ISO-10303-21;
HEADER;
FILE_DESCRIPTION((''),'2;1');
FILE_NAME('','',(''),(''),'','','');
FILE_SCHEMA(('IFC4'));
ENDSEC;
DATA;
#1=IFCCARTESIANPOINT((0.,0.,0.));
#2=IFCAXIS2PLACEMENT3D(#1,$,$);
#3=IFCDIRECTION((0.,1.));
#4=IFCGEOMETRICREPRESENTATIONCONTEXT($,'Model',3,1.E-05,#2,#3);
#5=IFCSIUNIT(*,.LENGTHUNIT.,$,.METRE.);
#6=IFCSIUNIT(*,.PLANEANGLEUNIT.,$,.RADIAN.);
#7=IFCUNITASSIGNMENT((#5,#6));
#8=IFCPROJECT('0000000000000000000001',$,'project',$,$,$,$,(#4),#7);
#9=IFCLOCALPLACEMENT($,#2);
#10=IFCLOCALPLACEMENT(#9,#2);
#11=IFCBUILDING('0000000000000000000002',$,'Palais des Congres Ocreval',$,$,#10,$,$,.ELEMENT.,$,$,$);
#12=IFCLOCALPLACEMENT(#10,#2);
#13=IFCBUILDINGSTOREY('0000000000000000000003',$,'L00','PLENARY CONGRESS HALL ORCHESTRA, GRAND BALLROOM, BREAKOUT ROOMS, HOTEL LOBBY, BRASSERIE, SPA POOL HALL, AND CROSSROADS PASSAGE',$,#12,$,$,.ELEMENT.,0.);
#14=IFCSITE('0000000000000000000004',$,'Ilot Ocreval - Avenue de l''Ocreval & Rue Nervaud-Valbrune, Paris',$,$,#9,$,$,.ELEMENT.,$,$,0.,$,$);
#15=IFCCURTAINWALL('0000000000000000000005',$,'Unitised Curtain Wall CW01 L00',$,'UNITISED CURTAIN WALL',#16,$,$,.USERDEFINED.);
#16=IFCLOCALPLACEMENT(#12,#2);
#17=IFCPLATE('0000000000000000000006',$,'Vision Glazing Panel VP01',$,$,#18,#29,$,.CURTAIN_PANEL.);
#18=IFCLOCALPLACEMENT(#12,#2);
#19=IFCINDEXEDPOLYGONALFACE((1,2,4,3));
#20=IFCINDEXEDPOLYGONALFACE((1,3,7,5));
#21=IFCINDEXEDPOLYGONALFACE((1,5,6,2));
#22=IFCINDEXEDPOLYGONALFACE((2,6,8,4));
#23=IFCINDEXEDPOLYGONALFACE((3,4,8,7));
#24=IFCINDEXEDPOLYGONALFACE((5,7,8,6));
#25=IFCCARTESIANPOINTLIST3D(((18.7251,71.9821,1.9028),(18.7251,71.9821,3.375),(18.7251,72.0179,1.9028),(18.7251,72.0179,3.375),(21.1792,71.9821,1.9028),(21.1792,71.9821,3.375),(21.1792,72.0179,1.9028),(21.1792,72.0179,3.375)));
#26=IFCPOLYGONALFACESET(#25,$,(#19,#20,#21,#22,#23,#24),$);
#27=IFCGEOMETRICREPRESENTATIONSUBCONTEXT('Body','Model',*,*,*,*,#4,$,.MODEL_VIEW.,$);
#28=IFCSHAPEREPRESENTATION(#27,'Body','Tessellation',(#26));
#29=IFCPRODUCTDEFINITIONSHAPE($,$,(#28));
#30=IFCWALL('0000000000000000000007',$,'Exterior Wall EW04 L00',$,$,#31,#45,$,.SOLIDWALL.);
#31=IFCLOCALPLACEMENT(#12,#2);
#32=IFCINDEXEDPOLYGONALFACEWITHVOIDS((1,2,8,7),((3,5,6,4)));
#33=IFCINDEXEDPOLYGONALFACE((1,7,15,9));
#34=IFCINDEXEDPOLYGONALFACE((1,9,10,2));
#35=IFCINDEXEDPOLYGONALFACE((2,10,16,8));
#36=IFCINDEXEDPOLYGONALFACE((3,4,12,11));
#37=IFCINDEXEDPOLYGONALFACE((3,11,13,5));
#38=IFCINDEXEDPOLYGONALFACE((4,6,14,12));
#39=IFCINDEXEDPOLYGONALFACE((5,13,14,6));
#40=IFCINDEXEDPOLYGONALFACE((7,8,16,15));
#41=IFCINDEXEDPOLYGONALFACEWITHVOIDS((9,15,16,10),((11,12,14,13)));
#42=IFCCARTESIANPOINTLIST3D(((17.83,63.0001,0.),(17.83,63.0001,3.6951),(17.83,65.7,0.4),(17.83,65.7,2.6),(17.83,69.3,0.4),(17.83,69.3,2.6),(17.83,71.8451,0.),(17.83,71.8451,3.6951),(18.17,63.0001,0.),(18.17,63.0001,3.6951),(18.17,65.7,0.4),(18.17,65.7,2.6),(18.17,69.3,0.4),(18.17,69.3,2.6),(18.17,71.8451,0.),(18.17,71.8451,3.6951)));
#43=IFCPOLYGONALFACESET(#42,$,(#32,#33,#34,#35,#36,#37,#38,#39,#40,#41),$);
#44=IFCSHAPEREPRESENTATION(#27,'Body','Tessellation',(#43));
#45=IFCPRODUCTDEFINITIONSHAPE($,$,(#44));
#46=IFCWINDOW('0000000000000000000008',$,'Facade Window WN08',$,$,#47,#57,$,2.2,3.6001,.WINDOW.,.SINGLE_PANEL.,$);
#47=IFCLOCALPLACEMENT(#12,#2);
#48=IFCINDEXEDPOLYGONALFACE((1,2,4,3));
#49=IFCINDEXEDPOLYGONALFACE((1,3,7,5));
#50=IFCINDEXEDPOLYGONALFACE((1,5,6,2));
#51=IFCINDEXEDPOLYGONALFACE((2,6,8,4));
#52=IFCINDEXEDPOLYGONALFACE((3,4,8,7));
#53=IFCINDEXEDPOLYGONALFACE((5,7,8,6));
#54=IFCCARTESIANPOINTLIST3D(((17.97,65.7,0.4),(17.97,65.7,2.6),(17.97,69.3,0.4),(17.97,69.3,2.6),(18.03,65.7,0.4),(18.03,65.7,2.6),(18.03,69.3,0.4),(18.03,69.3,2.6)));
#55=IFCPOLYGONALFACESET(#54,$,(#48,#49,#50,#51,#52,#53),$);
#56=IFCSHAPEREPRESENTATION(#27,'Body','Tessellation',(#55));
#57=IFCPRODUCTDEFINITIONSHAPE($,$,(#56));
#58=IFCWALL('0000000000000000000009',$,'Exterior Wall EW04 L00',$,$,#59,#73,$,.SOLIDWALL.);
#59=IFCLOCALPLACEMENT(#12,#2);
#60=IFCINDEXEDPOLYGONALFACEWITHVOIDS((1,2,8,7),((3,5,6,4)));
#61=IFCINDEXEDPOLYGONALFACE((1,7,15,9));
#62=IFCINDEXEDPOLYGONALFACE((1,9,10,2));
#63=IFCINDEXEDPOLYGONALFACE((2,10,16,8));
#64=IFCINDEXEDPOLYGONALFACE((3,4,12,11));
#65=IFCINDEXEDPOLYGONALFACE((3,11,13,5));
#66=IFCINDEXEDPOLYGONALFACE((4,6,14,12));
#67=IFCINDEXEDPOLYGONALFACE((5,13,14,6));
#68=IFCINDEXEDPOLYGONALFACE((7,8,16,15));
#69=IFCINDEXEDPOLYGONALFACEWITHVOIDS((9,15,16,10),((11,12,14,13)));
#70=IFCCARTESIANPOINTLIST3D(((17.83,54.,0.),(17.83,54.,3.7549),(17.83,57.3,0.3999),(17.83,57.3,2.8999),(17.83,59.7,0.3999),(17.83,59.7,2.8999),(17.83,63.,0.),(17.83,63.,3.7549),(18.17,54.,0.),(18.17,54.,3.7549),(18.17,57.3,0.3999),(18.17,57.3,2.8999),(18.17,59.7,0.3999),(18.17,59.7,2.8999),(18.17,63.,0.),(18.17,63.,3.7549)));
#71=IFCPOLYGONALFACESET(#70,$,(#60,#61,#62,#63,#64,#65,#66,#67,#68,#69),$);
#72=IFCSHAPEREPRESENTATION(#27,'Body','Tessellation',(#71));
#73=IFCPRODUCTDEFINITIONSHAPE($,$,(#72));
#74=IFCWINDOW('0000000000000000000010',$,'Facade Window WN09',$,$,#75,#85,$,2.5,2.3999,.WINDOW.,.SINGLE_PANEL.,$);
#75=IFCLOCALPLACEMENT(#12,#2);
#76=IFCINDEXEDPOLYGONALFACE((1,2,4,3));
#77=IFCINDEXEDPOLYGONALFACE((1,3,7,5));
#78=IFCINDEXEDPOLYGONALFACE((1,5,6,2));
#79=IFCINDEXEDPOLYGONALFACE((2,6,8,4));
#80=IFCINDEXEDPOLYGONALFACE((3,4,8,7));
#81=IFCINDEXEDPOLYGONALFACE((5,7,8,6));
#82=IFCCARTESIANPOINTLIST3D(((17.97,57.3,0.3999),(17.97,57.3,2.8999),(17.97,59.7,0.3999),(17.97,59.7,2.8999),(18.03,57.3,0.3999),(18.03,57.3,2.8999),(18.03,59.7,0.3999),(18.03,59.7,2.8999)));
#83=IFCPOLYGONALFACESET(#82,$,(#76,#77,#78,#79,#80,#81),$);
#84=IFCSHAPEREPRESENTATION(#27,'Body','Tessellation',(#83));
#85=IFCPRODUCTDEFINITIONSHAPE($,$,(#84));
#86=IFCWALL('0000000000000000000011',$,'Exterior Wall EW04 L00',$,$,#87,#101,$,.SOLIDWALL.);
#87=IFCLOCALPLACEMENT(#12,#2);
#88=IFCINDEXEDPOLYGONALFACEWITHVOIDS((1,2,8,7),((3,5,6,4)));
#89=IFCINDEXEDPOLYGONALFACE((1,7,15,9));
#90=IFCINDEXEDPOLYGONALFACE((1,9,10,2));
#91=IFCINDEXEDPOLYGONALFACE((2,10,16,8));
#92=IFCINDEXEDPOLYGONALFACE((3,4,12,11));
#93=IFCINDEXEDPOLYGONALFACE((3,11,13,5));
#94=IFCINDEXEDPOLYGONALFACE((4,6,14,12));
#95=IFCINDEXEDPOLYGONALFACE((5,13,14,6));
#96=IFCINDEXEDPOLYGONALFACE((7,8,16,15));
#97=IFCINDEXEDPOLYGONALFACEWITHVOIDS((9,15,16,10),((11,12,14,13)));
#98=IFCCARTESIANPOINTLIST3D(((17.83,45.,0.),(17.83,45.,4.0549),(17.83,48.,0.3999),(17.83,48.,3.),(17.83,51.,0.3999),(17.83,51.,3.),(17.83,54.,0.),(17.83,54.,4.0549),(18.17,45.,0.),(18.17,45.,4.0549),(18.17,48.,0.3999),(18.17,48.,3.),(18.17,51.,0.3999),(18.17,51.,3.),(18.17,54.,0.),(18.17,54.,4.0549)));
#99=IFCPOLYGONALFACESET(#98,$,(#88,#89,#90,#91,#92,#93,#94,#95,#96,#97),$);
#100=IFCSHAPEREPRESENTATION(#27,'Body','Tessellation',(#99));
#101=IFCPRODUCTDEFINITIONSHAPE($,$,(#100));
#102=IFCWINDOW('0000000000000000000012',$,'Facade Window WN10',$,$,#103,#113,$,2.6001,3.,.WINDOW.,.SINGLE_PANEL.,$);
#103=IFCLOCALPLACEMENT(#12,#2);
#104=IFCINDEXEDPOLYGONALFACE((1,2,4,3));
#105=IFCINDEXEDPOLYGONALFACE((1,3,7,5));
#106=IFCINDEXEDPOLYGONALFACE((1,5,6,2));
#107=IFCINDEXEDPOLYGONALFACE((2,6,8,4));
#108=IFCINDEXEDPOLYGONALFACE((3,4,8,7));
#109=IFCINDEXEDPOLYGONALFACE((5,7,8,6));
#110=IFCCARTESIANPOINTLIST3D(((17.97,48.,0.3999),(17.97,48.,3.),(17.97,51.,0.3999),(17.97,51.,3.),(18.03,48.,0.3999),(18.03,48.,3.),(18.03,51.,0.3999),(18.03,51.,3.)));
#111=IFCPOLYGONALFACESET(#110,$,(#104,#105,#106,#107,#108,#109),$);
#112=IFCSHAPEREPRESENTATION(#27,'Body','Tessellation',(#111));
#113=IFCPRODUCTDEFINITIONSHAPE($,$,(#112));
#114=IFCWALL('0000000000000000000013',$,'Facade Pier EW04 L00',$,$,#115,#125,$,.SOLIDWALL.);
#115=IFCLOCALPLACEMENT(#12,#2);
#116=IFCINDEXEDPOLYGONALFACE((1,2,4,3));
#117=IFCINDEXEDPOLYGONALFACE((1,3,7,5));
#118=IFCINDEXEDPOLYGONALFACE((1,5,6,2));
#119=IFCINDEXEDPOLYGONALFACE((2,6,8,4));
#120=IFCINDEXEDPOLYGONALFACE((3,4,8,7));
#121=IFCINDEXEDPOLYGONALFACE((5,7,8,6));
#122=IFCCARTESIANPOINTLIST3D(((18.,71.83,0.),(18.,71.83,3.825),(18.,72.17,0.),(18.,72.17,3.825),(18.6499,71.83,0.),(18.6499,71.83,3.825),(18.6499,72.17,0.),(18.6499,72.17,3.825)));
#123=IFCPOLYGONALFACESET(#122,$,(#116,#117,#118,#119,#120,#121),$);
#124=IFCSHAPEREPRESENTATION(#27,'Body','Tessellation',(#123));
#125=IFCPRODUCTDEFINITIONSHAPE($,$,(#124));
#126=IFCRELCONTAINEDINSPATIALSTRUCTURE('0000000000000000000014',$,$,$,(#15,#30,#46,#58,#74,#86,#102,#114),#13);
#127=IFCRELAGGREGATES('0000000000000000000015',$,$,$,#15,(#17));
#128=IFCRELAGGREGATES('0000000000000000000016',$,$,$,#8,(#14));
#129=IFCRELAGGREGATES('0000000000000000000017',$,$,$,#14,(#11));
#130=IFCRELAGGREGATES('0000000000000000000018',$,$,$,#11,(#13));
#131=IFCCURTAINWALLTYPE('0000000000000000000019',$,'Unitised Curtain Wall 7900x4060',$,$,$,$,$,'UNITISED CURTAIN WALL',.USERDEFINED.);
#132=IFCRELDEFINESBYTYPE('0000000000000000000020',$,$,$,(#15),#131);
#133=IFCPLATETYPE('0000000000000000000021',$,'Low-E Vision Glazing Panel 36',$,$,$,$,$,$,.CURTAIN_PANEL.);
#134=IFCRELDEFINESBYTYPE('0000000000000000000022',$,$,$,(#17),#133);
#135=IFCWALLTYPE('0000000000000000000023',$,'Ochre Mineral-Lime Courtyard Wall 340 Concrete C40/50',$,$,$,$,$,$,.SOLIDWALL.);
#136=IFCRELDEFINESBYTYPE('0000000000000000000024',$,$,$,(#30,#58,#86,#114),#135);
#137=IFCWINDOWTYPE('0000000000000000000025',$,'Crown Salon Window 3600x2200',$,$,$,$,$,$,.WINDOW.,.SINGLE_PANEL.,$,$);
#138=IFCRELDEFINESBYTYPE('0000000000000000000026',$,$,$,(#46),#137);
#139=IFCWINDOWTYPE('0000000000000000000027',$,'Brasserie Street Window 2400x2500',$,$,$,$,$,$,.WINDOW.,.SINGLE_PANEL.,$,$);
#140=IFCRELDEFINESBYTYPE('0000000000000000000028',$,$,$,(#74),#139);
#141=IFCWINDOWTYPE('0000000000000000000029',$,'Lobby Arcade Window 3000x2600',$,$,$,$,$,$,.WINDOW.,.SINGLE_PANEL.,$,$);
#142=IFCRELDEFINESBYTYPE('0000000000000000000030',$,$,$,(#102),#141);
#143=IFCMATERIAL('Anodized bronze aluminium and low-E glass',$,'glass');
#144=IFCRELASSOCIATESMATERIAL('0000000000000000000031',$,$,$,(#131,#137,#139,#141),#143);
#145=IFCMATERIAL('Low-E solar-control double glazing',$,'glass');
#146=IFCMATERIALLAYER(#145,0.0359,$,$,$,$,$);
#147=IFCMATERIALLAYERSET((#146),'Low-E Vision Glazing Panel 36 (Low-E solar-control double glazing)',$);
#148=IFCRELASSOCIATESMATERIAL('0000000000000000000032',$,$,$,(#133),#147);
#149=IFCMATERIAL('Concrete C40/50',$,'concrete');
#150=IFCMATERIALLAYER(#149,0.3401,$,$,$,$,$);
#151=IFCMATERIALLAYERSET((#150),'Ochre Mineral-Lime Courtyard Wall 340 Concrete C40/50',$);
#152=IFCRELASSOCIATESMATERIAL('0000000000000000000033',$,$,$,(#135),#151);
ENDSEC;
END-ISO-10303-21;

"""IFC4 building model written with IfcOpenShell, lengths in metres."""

from ifc_helpers import new_model, si_unit, direction, frame, frame_2d, origin, origin_2d, place, context, subcontext, project, spatial, rectangle, extrude, material, layer, layer_set, type_object, element, fill, aggregate, save


model = new_model("IFC4")

# Units and contexts
model_context = context("Model", 3, precision=1e-05, world=origin(), true_north=direction((0.0, 1.0)))
body_context = subcontext(model_context, "Body", "Model", "MODEL_VIEW")
ifc_project = project(units=[si_unit("LENGTHUNIT", "METRE"), si_unit("PLANEANGLEUNIT", "RADIAN")], contexts=[model_context])

# Site, building, storey
site_placement = place(None, origin())
site = spatial("IfcSite", under=ifc_project, at=site_placement, Name="Ilot Ocreval - Avenue de l'Ocreval & Rue Nervaud-Valbrune, Paris", CompositionType="ELEMENT", RefElevation=0.0)
building_placement = place(site_placement, origin())
building = spatial("IfcBuilding", under=site, at=building_placement, Name="Palais des Congres Ocreval", CompositionType="ELEMENT")
storey_placement = place(building_placement, origin())
storey = spatial("IfcBuildingStorey", under=building, at=storey_placement, Name="L00", Description="PLENARY CONGRESS HALL ORCHESTRA, GRAND BALLROOM, BREAKOUT ROOMS, HOTEL LOBBY, BRASSERIE, SPA POOL HALL, AND CROSSROADS PASSAGE", CompositionType="ELEMENT", Elevation=0.0)

# Shared definitions
ifc_material_1 = material(Name="Concrete C40/50", Category="concrete")

# Curtain wall
ifc_material_2 = material(Name="Anodized bronze aluminium and low-E glass", Category="glass")
curtain_wall_type = type_object("IfcCurtainWallType", Name="Unitised Curtain Wall 7900x4060", ElementType="UNITISED CURTAIN WALL", PredefinedType="USERDEFINED", material=ifc_material_2)
curtain_wall_placement = place(storey_placement, origin())
curtain_wall = element("IfcCurtainWall", 1, at=curtain_wall_placement, inside=storey, type_object=curtain_wall_type, Name="Unitised Curtain Wall CW01 L00", ObjectType="UNITISED CURTAIN WALL", PredefinedType="USERDEFINED")

# Plate
ifc_material_3 = material(Name="Low-E solar-control double glazing", Category="glass")
ifc_layer_1 = layer(ifc_material_3, 0.0359)
ifc_layer_set_1 = layer_set([ifc_layer_1], Name="Low-E Vision Glazing Panel 36 (Low-E solar-control double glazing)")
plate_type_1 = type_object("IfcPlateType", Name="Low-E Vision Glazing Panel 36", PredefinedType="CURTAIN_PANEL", material=ifc_layer_set_1)
plate_1_placement = place(storey_placement, frame((19.9521, 72.0, 1.9028), z_axis=(0.0, 0.0, 1.0), x_axis=(-1.0, 0.0, 0.0)))
plate_1 = element("IfcPlate", 2, at=plate_1_placement, type_object=plate_type_1, Name="Vision Glazing Panel VP01", PredefinedType="CURTAIN_PANEL", context=body_context, shape_type="SweptSolid", body=[
    extrude(rectangle(XDim=2.4541, YDim=0.0359, at=origin_2d()), origin(), (0.0, 0.0, 1.0), 1.4722),
])
aggregate(curtain_wall, [plate_1])

# Walls, openings, windows
ifc_layer_2 = layer(ifc_material_1, 0.3401)
ifc_layer_set_2 = layer_set([ifc_layer_2], Name="Ochre Mineral-Lime Courtyard Wall 340 Concrete C40/50")
wall_type = type_object("IfcWallType", Name="Ochre Mineral-Lime Courtyard Wall 340 Concrete C40/50", PredefinedType="SOLIDWALL", material=ifc_layer_set_2)
wall_1_placement = place(storey_placement, frame((18.0, 71.845, 0.0), z_axis=(0.0, 0.0, 1.0), x_axis=(0.0, -1.0, 0.0)))
wall_1 = element("IfcWall", 3, at=wall_1_placement, inside=storey, type_object=wall_type, Name="Exterior Wall EW04 L00", PredefinedType="SOLIDWALL", context=body_context, shape_type="SweptSolid", body=[
    extrude(rectangle(XDim=8.845, YDim=0.3401, at=frame_2d((4.4224, 0.0))), origin(), (0.0, 0.0, 1.0), 3.6951),
])
opening_1_placement = place(wall_1_placement, frame((2.5449, 0.0, 0.3999)))
opening_1 = element("IfcOpeningElement", 4, at=opening_1_placement, cuts=wall_1, PredefinedType="OPENING", context=body_context, shape_type="SweptSolid", body=[
    extrude(rectangle(XDim=3.6001, YDim=2.2, at=frame_2d((1.8, 1.1001))), frame((0.0, 0.1799, 0.0), z_axis=(0.0, -1.0, 0.0), x_axis=(1.0, 0.0, 0.0)), (0.0, 0.0, 1.0), 0.3601),
])
window_type_1 = type_object("IfcWindowType", Name="Crown Salon Window 3600x2200", PartitioningType="SINGLE_PANEL", PredefinedType="WINDOW", material=ifc_material_2)
window_1_placement = place(opening_1_placement, origin())
window_1 = element("IfcWindow", 5, at=window_1_placement, inside=storey, type_object=window_type_1, Name="Facade Window WN08", OverallHeight=2.2, OverallWidth=3.6001, PartitioningType="SINGLE_PANEL", PredefinedType="WINDOW", context=body_context, shape_type="SweptSolid", body=[
    extrude(rectangle(XDim=3.6001, YDim=2.2, at=frame_2d((1.8, 1.1001))), frame((0.0, 0.03, 0.0), z_axis=(0.0, -1.0, 0.0), x_axis=(1.0, 0.0, 0.0)), (0.0, 0.0, 1.0), 0.0601),
])
fill(opening_1, window_1)
wall_2_placement = place(storey_placement, frame((18.0, 63.0, 0.0), z_axis=(0.0, 0.0, 1.0), x_axis=(0.0, -1.0, 0.0)))
wall_2 = element("IfcWall", 6, at=wall_2_placement, inside=storey, type_object=wall_type, Name="Exterior Wall EW04 L00", PredefinedType="SOLIDWALL", context=body_context, shape_type="SweptSolid", body=[
    extrude(rectangle(XDim=9.0, YDim=0.3401, at=frame_2d((4.5, 0.0))), origin(), (0.0, 0.0, 1.0), 3.7549),
])
opening_2_placement = place(wall_2_placement, frame((3.3, 0.0, 0.3999)))
opening_2 = element("IfcOpeningElement", 7, at=opening_2_placement, cuts=wall_2, PredefinedType="OPENING", context=body_context, shape_type="SweptSolid", body=[
    extrude(rectangle(XDim=2.3999, YDim=2.5, at=frame_2d((1.2, 1.25))), frame((0.0, 0.1799, 0.0), z_axis=(0.0, -1.0, 0.0), x_axis=(1.0, 0.0, 0.0)), (0.0, 0.0, 1.0), 0.3601),
])
window_type_2 = type_object("IfcWindowType", Name="Brasserie Street Window 2400x2500", PartitioningType="SINGLE_PANEL", PredefinedType="WINDOW", material=ifc_material_2)
window_2_placement = place(opening_2_placement, origin())
window_2 = element("IfcWindow", 8, at=window_2_placement, inside=storey, type_object=window_type_2, Name="Facade Window WN09", OverallHeight=2.5, OverallWidth=2.3999, PartitioningType="SINGLE_PANEL", PredefinedType="WINDOW", context=body_context, shape_type="SweptSolid", body=[
    extrude(rectangle(XDim=2.3999, YDim=2.5, at=frame_2d((1.2, 1.25))), frame((0.0, 0.03, 0.0), z_axis=(0.0, -1.0, 0.0), x_axis=(1.0, 0.0, 0.0)), (0.0, 0.0, 1.0), 0.0601),
])
fill(opening_2, window_2)
wall_3_placement = place(storey_placement, frame((18.0, 54.0, 0.0), z_axis=(0.0, 0.0, 1.0), x_axis=(0.0, -1.0, 0.0)))
wall_3 = element("IfcWall", 9, at=wall_3_placement, inside=storey, type_object=wall_type, Name="Exterior Wall EW04 L00", PredefinedType="SOLIDWALL", context=body_context, shape_type="SweptSolid", body=[
    extrude(rectangle(XDim=9.0, YDim=0.3401, at=frame_2d((4.5, 0.0))), origin(), (0.0, 0.0, 1.0), 4.0549),
])
opening_3_placement = place(wall_3_placement, frame((3.0, 0.0, 0.3999)))
opening_3 = element("IfcOpeningElement", 10, at=opening_3_placement, cuts=wall_3, PredefinedType="OPENING", context=body_context, shape_type="SweptSolid", body=[
    extrude(rectangle(XDim=3.0, YDim=2.6001, at=frame_2d((1.5, 1.3))), frame((0.0, 0.1799, 0.0), z_axis=(0.0, -1.0, 0.0), x_axis=(1.0, 0.0, 0.0)), (0.0, 0.0, 1.0), 0.3601),
])
window_type_3 = type_object("IfcWindowType", Name="Lobby Arcade Window 3000x2600", PartitioningType="SINGLE_PANEL", PredefinedType="WINDOW", material=ifc_material_2)
window_3_placement = place(opening_3_placement, origin())
window_3 = element("IfcWindow", 11, at=window_3_placement, inside=storey, type_object=window_type_3, Name="Facade Window WN10", OverallHeight=2.6001, OverallWidth=3.0, PartitioningType="SINGLE_PANEL", PredefinedType="WINDOW", context=body_context, shape_type="SweptSolid", body=[
    extrude(rectangle(XDim=3.0, YDim=2.6001, at=frame_2d((1.5, 1.3))), frame((0.0, 0.03, 0.0), z_axis=(0.0, -1.0, 0.0), x_axis=(1.0, 0.0, 0.0)), (0.0, 0.0, 1.0), 0.0601),
])
fill(opening_3, window_3)

# Wall
wall_4_placement = place(storey_placement, frame((18.6499, 72.0, 0.0), z_axis=(0.0, 0.0, 1.0), x_axis=(-1.0, 0.0, 0.0)))
element("IfcWall", 12, at=wall_4_placement, inside=storey, type_object=wall_type, Name="Facade Pier EW04 L00", PredefinedType="SOLIDWALL", context=body_context, shape_type="SweptSolid", body=[
    extrude(rectangle(XDim=0.6499, YDim=0.3401, at=frame_2d((0.325, 0.0))), origin(), (0.0, 0.0, 1.0), 3.825),
])

save(model, "model.ifc")
